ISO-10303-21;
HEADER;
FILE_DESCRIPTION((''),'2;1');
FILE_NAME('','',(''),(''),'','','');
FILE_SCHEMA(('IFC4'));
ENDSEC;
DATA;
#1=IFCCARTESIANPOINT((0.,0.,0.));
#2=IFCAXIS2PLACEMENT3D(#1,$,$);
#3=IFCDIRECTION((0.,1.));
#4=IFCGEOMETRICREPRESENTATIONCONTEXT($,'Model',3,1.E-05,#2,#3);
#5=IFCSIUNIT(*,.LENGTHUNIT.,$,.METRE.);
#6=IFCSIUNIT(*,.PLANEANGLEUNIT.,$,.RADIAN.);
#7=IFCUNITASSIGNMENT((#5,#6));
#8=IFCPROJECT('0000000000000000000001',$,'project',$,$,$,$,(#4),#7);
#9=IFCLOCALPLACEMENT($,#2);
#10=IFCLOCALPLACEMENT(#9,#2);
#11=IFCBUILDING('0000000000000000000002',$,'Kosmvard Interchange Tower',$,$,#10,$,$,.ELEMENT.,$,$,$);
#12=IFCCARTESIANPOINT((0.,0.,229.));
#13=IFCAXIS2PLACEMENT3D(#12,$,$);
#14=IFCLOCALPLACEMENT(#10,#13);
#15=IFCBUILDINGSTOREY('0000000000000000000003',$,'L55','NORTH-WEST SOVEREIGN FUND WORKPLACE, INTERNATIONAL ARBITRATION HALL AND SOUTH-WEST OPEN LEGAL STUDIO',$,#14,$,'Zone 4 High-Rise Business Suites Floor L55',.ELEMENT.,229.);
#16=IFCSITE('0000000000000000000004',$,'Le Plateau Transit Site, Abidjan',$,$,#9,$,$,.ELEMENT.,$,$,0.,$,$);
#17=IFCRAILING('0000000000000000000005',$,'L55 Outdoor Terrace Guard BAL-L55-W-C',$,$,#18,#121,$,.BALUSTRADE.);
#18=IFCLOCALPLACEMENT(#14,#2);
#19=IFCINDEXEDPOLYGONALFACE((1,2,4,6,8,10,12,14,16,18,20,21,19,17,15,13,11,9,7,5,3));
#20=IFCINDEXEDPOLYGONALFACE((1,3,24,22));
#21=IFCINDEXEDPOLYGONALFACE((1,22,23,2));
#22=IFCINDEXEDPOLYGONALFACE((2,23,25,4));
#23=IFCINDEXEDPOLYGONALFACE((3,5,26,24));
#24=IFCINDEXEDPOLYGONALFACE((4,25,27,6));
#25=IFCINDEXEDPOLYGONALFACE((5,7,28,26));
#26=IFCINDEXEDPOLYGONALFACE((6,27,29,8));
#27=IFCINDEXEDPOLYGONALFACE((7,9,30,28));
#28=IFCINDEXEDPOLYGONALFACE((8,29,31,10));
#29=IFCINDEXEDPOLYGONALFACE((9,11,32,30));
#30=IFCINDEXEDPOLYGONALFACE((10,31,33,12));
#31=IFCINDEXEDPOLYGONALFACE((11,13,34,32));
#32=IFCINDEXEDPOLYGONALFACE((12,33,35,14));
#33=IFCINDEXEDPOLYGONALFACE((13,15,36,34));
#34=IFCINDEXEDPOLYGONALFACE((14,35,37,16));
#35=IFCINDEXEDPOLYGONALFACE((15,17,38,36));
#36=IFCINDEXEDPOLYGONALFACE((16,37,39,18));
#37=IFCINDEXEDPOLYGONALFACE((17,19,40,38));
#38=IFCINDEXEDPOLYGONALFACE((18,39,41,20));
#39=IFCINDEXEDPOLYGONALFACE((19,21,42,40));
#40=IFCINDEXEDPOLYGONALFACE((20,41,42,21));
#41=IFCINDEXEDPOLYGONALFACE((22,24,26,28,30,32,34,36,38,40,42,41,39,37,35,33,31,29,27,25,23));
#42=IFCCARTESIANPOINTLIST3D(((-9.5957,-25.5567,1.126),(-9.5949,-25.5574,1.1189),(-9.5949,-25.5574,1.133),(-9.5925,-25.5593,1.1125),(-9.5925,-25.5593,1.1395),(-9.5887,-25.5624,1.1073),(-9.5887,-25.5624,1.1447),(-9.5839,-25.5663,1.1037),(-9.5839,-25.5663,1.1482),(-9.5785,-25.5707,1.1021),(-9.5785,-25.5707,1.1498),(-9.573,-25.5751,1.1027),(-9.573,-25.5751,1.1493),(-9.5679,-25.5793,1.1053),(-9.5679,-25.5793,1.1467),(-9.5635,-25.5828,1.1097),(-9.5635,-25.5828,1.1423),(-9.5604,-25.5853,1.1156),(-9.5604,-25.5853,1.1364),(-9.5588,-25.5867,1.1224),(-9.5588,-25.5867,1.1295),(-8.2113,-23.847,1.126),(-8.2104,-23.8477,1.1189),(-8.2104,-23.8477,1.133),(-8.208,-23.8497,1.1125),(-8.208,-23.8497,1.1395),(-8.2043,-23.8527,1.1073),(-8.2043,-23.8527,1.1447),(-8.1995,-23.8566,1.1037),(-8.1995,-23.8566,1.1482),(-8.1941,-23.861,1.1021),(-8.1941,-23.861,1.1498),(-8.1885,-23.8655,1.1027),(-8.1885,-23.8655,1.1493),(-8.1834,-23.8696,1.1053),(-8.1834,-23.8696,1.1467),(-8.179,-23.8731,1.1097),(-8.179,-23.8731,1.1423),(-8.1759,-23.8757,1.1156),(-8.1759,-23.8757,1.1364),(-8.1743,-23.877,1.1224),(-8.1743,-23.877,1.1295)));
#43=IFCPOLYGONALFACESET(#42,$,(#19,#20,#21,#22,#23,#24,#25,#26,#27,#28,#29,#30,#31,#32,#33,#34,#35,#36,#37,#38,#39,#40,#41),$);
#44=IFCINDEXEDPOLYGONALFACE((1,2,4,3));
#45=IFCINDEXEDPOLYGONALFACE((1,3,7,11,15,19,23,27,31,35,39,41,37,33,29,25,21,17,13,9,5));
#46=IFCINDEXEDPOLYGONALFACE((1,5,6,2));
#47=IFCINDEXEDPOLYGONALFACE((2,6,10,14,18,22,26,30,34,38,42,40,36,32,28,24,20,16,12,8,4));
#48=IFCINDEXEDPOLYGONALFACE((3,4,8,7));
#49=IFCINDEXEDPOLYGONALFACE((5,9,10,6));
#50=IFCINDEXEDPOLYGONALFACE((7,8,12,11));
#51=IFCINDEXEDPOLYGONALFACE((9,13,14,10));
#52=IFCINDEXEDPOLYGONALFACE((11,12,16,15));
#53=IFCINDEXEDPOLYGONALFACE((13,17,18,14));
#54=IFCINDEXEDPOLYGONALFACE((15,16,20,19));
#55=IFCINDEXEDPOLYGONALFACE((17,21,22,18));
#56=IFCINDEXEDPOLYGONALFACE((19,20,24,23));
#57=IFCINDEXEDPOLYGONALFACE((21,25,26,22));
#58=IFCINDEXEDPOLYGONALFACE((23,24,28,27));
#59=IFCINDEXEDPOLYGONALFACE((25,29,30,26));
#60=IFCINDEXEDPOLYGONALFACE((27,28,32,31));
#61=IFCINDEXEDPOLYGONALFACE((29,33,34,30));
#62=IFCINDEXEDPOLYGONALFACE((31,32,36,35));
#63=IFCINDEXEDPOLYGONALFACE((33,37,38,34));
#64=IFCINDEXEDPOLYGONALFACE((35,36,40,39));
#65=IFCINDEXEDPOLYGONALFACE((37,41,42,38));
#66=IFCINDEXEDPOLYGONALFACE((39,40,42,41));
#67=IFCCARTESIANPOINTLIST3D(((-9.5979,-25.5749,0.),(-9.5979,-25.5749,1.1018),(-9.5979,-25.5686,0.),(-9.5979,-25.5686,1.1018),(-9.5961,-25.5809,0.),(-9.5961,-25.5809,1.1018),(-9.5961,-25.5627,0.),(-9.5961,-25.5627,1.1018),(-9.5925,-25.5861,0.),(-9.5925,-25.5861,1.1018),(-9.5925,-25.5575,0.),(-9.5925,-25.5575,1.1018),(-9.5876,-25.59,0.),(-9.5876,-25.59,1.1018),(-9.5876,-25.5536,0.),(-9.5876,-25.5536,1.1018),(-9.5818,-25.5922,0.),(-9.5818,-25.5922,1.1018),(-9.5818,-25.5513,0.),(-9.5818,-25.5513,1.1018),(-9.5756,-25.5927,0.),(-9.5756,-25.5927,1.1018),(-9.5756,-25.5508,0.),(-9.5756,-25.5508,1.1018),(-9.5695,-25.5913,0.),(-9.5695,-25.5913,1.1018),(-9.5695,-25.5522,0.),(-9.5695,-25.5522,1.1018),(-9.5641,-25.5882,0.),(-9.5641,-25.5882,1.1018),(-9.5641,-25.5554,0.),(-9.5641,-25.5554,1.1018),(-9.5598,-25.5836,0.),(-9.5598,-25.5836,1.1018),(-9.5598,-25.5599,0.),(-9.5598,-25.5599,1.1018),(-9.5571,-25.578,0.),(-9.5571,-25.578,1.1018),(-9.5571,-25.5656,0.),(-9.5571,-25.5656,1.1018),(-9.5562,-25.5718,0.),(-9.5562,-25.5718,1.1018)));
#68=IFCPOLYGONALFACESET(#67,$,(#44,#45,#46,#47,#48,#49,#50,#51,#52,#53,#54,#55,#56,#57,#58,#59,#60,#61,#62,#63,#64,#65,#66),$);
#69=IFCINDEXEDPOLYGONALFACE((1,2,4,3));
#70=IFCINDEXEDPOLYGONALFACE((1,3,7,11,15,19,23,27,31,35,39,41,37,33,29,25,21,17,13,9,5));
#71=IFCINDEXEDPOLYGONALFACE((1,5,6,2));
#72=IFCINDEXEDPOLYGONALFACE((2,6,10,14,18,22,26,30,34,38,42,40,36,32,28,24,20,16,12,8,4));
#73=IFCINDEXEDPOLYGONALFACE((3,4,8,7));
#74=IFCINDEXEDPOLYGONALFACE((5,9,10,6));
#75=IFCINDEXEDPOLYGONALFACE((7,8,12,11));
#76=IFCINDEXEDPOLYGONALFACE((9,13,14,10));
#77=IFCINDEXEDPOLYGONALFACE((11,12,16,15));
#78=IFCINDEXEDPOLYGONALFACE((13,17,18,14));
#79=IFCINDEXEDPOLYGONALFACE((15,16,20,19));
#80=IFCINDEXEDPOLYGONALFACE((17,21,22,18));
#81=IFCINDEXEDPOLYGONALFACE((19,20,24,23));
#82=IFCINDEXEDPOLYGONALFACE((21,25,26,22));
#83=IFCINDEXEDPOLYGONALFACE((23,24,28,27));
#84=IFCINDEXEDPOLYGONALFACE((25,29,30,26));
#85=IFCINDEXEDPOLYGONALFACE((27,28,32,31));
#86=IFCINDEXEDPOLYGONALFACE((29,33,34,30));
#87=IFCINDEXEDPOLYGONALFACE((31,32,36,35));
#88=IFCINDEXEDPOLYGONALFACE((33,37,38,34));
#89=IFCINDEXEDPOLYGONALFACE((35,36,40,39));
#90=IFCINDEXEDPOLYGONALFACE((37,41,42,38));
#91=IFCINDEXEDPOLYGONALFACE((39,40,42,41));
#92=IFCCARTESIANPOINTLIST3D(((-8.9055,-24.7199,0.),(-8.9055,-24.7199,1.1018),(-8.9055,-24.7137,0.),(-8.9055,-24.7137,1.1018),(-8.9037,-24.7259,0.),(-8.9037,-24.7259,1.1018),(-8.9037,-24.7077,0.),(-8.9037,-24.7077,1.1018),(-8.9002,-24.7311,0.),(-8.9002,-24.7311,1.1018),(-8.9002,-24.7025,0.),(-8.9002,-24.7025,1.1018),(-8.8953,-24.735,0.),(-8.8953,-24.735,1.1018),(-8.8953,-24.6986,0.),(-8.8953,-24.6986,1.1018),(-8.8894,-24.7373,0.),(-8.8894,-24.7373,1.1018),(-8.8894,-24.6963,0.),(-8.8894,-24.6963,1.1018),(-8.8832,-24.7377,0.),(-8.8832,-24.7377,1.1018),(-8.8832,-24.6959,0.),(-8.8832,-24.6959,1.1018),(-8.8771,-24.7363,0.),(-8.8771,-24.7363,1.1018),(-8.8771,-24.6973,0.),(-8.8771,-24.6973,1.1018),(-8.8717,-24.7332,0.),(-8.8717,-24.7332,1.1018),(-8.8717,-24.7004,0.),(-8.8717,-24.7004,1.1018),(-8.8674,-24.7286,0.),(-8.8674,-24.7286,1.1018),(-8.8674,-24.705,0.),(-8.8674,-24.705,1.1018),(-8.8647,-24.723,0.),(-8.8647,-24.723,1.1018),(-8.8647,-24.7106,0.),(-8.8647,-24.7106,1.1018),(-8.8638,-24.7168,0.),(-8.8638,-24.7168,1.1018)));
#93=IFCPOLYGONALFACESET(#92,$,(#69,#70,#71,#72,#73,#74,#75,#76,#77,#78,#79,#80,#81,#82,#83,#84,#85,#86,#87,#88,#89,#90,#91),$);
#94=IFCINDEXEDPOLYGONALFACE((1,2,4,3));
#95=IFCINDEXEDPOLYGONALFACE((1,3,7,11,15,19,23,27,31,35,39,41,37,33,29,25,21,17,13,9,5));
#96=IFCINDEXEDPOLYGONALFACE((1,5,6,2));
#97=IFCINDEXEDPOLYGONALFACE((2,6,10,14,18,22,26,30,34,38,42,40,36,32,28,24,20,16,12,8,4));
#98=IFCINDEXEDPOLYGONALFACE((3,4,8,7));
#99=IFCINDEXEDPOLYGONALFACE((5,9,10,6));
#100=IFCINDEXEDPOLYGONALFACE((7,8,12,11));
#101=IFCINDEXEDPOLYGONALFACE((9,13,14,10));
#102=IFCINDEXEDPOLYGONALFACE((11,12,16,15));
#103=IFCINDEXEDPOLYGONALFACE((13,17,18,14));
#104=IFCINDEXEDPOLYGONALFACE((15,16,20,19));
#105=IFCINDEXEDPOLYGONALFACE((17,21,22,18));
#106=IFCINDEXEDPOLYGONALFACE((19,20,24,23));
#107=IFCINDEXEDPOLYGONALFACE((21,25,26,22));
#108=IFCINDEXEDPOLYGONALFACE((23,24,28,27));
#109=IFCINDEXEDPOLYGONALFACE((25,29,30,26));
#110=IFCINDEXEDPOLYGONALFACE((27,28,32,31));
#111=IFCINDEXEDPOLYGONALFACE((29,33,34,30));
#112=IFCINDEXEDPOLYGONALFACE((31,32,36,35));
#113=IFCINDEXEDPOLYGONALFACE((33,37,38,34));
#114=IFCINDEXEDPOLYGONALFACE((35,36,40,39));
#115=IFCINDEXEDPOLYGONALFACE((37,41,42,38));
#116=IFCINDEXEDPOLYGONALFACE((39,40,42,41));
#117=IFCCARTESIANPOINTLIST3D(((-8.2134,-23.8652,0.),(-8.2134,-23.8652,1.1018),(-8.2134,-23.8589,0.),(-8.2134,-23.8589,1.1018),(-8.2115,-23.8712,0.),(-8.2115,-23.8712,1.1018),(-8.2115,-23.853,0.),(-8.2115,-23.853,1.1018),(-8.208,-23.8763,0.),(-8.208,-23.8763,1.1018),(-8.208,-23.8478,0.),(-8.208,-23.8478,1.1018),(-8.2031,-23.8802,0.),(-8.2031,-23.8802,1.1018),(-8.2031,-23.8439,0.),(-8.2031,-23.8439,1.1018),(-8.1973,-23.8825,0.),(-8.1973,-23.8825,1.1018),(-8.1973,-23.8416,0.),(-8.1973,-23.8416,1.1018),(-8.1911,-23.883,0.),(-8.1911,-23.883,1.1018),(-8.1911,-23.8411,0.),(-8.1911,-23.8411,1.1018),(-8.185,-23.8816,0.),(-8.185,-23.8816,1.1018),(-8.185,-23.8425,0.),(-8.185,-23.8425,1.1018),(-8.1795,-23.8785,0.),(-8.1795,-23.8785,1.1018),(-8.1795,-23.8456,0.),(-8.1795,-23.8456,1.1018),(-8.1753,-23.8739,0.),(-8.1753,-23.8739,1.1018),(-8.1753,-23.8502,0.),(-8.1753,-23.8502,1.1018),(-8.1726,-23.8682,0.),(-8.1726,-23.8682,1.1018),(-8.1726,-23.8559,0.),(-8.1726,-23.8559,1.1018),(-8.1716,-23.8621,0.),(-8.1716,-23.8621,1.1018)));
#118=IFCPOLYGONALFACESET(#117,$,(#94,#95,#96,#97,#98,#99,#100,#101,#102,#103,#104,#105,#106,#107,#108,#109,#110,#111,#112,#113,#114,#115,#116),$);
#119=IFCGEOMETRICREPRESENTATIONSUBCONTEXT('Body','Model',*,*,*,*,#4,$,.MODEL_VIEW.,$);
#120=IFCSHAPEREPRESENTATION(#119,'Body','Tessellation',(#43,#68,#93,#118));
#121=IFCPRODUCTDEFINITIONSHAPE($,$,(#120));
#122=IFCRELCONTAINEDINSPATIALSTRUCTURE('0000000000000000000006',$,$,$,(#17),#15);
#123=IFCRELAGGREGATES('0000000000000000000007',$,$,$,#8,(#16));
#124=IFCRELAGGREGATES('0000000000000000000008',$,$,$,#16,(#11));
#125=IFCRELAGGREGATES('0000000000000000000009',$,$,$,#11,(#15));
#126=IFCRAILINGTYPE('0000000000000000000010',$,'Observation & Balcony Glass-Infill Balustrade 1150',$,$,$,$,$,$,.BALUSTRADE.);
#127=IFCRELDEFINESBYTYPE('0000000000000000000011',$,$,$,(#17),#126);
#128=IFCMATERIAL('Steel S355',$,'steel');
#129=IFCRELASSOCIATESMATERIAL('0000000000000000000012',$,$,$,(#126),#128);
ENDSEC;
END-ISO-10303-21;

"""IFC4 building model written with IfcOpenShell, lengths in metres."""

from ifc_helpers import new_model, si_unit, direction, frame, origin, origin_2d, place, context, subcontext, project, spatial, circle, extrude, source, transform, mapped, material, type_object, element, save


model = new_model("IFC4")

# Units and contexts
model_context = context("Model", 3, precision=1e-05, world=origin(), true_north=direction((0.0, 1.0)))
body_context = subcontext(model_context, "Body", "Model", "MODEL_VIEW")
ifc_project = project(units=[si_unit("LENGTHUNIT", "METRE"), si_unit("PLANEANGLEUNIT", "RADIAN")], contexts=[model_context])

# Site, building, storey
site_placement = place(None, origin())
site = spatial("IfcSite", under=ifc_project, at=site_placement, Name="Le Plateau Transit Site, Abidjan", CompositionType="ELEMENT", RefElevation=0.0)
building_placement = place(site_placement, origin())
building = spatial("IfcBuilding", under=site, at=building_placement, Name="Kosmvard Interchange Tower", CompositionType="ELEMENT")
storey_placement = place(building_placement, frame((0.0, 0.0, 229.0)))
storey = spatial("IfcBuildingStorey", under=building, at=storey_placement, Name="L55", Description="NORTH-WEST SOVEREIGN FUND WORKPLACE, INTERNATIONAL ARBITRATION HALL AND SOUTH-WEST OPEN LEGAL STUDIO", LongName="Zone 4 High-Rise Business Suites Floor L55", CompositionType="ELEMENT", Elevation=229.0)

# Shared definitions
ifc_material_1 = material(Name="Steel S355", Category="steel")

# Railing
railing_type = type_object("IfcRailingType", Name="Observation & Balcony Glass-Infill Balustrade 1150", PredefinedType="BALUSTRADE", material=ifc_material_1)
shared_shape_1 = source(origin(), body_context, "Body", "SweptSolid", [
    extrude(circle(Radius=0.0239, at=origin_2d()), frame((0.0, 0.0, 1.126), z_axis=(0.629326, 0.777141, 0.0), x_axis=(-0.777141, 0.629326, 0.0)), (0.0, 0.0, 1.0), 2.2),
    extrude(circle(Radius=0.021, at=origin_2d()), origin(), (0.0, 0.0, 1.0), 1.1018),
    extrude(circle(Radius=0.021, at=origin_2d()), frame((0.6924, 0.855, 0.0)), (0.0, 0.0, 1.0), 1.1018),
    extrude(circle(Radius=0.021, at=origin_2d()), frame((1.3845, 1.7097, 0.0)), (0.0, 0.0, 1.0), 1.1018),
])
railing_1_placement = place(storey_placement, frame((-9.5771, -25.5718, 0.0)))
element("IfcRailing", 1, at=railing_1_placement, inside=storey, type_object=railing_type, Name="L55 Outdoor Terrace Guard BAL-L55-W-C", PredefinedType="BALUSTRADE", context=body_context, shape_type="MappedRepresentation", body=[
    mapped(shared_shape_1, transform((0.0, 0.0, 0.0), scale=1.0)),
])

save(model, "model.ifc")
